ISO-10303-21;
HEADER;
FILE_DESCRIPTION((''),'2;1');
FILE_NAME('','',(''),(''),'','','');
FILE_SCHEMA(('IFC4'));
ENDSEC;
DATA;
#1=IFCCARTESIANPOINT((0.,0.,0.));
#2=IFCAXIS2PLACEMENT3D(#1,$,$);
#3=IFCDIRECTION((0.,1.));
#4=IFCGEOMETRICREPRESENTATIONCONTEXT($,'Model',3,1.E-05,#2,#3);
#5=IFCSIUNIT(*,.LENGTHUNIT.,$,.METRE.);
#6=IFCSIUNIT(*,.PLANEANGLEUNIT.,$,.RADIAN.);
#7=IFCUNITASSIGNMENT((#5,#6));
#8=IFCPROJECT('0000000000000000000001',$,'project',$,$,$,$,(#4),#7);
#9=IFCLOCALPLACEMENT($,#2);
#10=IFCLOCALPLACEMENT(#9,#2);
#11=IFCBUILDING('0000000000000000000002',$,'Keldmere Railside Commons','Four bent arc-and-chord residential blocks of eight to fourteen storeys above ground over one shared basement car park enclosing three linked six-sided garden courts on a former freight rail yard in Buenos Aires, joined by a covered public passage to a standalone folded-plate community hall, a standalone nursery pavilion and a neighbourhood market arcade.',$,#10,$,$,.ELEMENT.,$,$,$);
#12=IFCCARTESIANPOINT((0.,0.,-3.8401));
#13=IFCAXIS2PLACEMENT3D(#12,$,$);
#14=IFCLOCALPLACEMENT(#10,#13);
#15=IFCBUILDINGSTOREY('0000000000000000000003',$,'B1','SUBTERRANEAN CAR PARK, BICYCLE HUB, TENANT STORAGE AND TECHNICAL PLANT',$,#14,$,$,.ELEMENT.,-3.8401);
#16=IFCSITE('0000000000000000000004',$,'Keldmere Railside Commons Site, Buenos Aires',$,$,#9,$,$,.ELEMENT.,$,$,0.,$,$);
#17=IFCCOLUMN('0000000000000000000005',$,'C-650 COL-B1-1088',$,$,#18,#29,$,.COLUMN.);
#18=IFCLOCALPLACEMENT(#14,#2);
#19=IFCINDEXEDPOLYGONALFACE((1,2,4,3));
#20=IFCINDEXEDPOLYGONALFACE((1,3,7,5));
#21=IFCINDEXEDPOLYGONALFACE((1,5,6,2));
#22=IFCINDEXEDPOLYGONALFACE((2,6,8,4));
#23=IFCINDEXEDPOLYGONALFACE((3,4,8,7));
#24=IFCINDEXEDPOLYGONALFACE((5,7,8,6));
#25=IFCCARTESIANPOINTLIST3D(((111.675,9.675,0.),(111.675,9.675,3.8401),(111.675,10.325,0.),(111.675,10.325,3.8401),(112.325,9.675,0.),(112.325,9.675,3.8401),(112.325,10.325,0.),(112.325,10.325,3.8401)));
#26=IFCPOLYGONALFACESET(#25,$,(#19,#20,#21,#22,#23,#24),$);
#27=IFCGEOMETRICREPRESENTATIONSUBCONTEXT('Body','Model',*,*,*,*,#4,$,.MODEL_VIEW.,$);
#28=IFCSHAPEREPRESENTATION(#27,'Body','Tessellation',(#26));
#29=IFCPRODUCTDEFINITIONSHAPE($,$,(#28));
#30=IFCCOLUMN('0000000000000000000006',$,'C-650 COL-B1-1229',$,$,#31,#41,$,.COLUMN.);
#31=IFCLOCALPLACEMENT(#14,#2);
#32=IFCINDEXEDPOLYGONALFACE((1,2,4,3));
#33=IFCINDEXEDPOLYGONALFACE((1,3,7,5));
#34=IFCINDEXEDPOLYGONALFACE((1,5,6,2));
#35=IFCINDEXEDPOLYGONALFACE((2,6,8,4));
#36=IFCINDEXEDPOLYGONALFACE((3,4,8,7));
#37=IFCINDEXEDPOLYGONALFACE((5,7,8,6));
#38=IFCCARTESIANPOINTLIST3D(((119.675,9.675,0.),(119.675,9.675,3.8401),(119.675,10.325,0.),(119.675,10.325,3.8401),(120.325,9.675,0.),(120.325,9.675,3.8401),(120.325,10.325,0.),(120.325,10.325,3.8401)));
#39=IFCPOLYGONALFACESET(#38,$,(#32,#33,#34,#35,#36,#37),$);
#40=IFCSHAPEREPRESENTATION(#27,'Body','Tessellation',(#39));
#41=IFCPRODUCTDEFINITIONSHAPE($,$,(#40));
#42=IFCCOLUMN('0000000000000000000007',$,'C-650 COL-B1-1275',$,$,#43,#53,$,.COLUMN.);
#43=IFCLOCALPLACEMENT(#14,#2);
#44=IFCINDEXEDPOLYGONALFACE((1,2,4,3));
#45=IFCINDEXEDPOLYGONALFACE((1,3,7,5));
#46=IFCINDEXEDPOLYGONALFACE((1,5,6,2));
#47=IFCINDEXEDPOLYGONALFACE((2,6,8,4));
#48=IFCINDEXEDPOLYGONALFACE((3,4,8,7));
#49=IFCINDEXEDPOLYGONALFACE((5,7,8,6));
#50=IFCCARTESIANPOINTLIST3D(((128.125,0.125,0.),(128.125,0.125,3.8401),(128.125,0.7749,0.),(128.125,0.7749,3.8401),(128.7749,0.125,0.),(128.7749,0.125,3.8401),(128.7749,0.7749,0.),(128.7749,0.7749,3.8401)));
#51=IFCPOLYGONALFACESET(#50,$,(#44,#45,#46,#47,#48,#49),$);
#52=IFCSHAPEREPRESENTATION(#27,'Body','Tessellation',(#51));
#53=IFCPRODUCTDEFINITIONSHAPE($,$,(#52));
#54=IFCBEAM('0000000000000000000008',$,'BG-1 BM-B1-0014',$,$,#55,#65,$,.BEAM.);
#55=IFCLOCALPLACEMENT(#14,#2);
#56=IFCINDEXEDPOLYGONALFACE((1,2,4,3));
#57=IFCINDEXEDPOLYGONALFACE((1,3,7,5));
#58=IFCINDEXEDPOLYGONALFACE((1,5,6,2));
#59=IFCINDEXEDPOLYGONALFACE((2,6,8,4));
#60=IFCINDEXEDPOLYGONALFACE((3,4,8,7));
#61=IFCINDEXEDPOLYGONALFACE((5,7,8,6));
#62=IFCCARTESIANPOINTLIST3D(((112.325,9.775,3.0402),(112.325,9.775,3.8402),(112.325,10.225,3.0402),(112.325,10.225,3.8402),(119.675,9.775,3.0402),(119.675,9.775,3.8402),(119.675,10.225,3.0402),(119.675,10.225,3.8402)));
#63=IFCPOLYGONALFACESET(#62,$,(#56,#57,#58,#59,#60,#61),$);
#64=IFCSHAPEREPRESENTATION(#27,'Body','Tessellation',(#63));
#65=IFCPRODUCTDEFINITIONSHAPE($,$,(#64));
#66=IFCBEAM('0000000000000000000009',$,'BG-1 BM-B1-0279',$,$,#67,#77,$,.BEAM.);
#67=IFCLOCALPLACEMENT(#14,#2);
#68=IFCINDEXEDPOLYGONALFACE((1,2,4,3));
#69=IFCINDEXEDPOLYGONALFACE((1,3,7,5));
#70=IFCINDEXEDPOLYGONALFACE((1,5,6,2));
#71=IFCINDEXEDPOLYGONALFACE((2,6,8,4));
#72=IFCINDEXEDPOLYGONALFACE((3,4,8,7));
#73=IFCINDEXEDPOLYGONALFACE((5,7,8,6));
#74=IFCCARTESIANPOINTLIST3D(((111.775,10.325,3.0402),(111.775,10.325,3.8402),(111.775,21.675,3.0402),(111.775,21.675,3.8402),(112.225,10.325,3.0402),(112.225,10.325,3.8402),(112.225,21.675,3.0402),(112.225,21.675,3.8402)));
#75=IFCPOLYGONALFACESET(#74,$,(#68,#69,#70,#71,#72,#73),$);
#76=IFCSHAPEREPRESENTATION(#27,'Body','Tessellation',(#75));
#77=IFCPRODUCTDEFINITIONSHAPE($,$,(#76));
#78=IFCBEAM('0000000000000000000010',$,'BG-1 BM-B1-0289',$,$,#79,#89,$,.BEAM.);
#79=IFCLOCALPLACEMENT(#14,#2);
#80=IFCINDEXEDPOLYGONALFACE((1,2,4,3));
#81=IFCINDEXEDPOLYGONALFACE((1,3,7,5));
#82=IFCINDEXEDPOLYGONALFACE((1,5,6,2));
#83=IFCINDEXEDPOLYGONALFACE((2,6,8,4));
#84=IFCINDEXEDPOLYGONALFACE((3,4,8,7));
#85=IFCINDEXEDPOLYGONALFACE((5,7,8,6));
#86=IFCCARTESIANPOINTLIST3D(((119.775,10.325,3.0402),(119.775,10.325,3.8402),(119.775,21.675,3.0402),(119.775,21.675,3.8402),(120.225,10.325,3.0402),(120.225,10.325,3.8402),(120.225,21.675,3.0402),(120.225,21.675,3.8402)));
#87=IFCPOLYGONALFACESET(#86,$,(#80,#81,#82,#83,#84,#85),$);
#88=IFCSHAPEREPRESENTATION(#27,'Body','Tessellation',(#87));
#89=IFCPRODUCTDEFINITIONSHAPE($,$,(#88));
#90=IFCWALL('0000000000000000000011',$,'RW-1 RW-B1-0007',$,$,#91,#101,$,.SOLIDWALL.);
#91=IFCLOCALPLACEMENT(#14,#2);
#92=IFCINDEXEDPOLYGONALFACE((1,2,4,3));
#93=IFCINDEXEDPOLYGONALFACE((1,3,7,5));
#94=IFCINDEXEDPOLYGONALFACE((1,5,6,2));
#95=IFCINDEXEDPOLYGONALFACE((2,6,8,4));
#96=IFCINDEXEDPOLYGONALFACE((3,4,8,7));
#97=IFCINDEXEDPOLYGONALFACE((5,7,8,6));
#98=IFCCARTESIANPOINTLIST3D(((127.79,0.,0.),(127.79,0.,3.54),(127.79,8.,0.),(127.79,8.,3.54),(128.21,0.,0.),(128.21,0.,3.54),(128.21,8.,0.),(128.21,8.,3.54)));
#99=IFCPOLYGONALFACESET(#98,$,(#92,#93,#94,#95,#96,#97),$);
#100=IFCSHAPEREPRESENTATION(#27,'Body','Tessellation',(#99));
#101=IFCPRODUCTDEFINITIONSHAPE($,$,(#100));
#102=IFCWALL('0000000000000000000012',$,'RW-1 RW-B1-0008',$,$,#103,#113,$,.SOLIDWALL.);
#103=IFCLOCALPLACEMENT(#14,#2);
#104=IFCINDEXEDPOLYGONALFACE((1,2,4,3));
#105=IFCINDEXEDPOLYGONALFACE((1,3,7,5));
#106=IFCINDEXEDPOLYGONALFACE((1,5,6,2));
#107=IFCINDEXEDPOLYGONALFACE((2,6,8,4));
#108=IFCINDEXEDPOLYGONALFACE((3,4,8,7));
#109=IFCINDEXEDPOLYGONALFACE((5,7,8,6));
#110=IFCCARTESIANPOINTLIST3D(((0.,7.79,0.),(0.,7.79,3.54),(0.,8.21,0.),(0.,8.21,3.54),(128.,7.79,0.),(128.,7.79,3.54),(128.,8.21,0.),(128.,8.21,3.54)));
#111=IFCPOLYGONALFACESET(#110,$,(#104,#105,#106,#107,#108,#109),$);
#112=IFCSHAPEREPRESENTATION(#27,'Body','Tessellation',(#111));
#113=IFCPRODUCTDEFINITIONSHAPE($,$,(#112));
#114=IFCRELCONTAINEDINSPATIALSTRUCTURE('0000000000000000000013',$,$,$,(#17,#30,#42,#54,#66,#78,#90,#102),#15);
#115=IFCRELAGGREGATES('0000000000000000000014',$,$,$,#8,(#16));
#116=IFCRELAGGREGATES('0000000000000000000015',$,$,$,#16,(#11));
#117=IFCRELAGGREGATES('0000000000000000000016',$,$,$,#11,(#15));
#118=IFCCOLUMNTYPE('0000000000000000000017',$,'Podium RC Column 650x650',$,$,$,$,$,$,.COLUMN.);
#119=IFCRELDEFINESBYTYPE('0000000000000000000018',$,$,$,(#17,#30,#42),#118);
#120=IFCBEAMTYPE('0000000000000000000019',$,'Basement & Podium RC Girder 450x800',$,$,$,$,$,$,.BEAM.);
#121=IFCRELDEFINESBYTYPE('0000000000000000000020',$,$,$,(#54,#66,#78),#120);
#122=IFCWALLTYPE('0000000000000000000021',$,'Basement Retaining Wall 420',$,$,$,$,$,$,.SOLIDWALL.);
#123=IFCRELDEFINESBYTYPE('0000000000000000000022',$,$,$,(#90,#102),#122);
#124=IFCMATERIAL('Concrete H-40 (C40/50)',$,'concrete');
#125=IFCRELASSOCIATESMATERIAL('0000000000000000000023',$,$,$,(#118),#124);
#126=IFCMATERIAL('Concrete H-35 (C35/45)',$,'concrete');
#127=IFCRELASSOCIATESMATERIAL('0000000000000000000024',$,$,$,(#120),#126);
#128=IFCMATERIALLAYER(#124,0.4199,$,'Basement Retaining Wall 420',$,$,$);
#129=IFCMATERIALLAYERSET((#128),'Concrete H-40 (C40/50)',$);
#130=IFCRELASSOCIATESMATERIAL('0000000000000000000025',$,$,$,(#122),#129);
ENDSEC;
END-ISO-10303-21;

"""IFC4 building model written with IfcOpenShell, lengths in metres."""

from ifc_helpers import new_model, si_unit, direction, frame, frame_2d, origin, origin_2d, place, context, subcontext, project, spatial, rectangle, extrude, material, layer, layer_set, material_profile, profile_set, type_object, element, save


model = new_model("IFC4")

# Units and contexts
model_context = context("Model", 3, precision=1e-05, world=origin(), true_north=direction((0.0, 1.0)))
body_context = subcontext(model_context, "Body", "Model", "MODEL_VIEW")
ifc_project = project(units=[si_unit("LENGTHUNIT", "METRE"), si_unit("PLANEANGLEUNIT", "RADIAN")], contexts=[model_context])

# Site, building, storey
site_placement = place(None, origin())
site = spatial("IfcSite", under=ifc_project, at=site_placement, Name="Keldmere Railside Commons Site, Buenos Aires", CompositionType="ELEMENT", RefElevation=0.0)
building_placement = place(site_placement, origin())
building = spatial("IfcBuilding", under=site, at=building_placement, Name="Keldmere Railside Commons", Description="Four bent arc-and-chord residential blocks of eight to fourteen storeys above ground over one shared basement car park enclosing three linked six-sided garden courts on a former freight rail yard in Buenos Aires, joined by a covered public passage to a standalone folded-plate community hall, a standalone nursery pavilion and a neighbourhood market arcade.", CompositionType="ELEMENT")
storey_placement = place(building_placement, frame((0.0, 0.0, -3.8401)))
storey = spatial("IfcBuildingStorey", under=building, at=storey_placement, Name="B1", Description="SUBTERRANEAN CAR PARK, BICYCLE HUB, TENANT STORAGE AND TECHNICAL PLANT", CompositionType="ELEMENT", Elevation=-3.8401)

# Shared definitions
ifc_material_1 = material(Name="Concrete H-40 (C40/50)", Category="concrete")

# Columns
ifc_material_profile_1 = material_profile(ifc_material_1, rectangle(XDim=0.6499, YDim=0.6499, at=origin_2d()), Name="RC-650x650")
ifc_profile_set_1 = profile_set([ifc_material_profile_1], Name="Concrete H-40 (C40/50)")
column_type = type_object("IfcColumnType", Name="Podium RC Column 650x650", PredefinedType="COLUMN", material=ifc_profile_set_1)
for number, where, z_axis, x_axis, name in (
    (1, (112.0, 10.0, 0.0), (0.0, 0.0, 1.0), (1.0, 0.0, 0.0), "C-650 COL-B1-1088"),
    (2, (120.0, 10.0, 0.0), (0.0, 0.0, 1.0), (1.0, 0.0, 0.0), "C-650 COL-B1-1229"),
    (3, (128.45, 0.45, 0.0), (0.0, 0.0, 1.0), (1.0, 0.0, 0.0), "C-650 COL-B1-1275"),
):
    element("IfcColumn", number, at=place(storey_placement, frame(where, z_axis=z_axis, x_axis=x_axis)), inside=storey, type_object=column_type, Name=name, PredefinedType="COLUMN", context=body_context, shape_type="SweptSolid", body=[
        extrude(rectangle(XDim=0.6499, YDim=0.6499, at=origin_2d()), origin(), (0.0, 0.0, 1.0), 3.8401),
    ])

# Beams
ifc_material_2 = material(Name="Concrete H-35 (C35/45)", Category="concrete")
ifc_material_profile_2 = material_profile(ifc_material_2, rectangle(XDim=0.45, YDim=0.8, at=origin_2d()), Name="RC-450x800")
ifc_profile_set_2 = profile_set([ifc_material_profile_2], Name="Concrete H-35 (C35/45)")
beam_type = type_object("IfcBeamType", Name="Basement & Podium RC Girder 450x800", PredefinedType="BEAM", material=ifc_profile_set_2)
beam_placement = place(storey_placement, frame((112.325, 10.0, 3.4402), z_axis=(1.0, 0.0, 0.0), x_axis=(0.0, 1.0, 0.0)))
element("IfcBeam", 4, at=beam_placement, inside=storey, type_object=beam_type, Name="BG-1 BM-B1-0014", PredefinedType="BEAM", context=body_context, shape_type="SweptSolid", body=[
    extrude(rectangle(XDim=0.45, YDim=0.8, at=origin_2d()), origin(), (0.0, 0.0, 1.0), 7.3501),
])
for number, where, z_axis, x_axis, name in (
    (5, (112.0, 10.325, 3.4402), (0.0, 1.0, 0.0), (-1.0, 0.0, 0.0), "BG-1 BM-B1-0279"),
    (6, (120.0, 10.325, 3.4402), (0.0, 1.0, 0.0), (-1.0, 0.0, 0.0), "BG-1 BM-B1-0289"),
):
    element("IfcBeam", number, at=place(storey_placement, frame(where, z_axis=z_axis, x_axis=x_axis)), inside=storey, type_object=beam_type, Name=name, PredefinedType="BEAM", context=body_context, shape_type="SweptSolid", body=[
        extrude(rectangle(XDim=0.45, YDim=0.8, at=origin_2d()), origin(), (0.0, 0.0, 1.0), 11.3501),
    ])

# Walls
ifc_layer = layer(ifc_material_1, 0.4199, Name="Basement Retaining Wall 420")
ifc_layer_set = layer_set([ifc_layer], Name="Concrete H-40 (C40/50)")
wall_type = type_object("IfcWallType", Name="Basement Retaining Wall 420", PredefinedType="SOLIDWALL", material=ifc_layer_set)
wall_1_placement = place(storey_placement, frame((128.0, 0.0, 0.0), z_axis=(0.0, 0.0, 1.0), x_axis=(0.0, 1.0, 0.0)))
element("IfcWall", 7, at=wall_1_placement, inside=storey, type_object=wall_type, Name="RW-1 RW-B1-0007", PredefinedType="SOLIDWALL", context=body_context, shape_type="SweptSolid", body=[
    extrude(rectangle(XDim=8.0, YDim=0.4199, at=frame_2d((4.0, 0.0))), origin(), (0.0, 0.0, 1.0), 3.54),
])
wall_2_placement = place(storey_placement, frame((128.0, 8.0, 0.0), z_axis=(0.0, 0.0, 1.0), x_axis=(-1.0, 0.0, 0.0)))
element("IfcWall", 8, at=wall_2_placement, inside=storey, type_object=wall_type, Name="RW-1 RW-B1-0008", PredefinedType="SOLIDWALL", context=body_context, shape_type="SweptSolid", body=[
    extrude(rectangle(XDim=128.0, YDim=0.4199, at=frame_2d((64.0, 0.0))), origin(), (0.0, 0.0, 1.0), 3.54),
])

save(model, "model.ifc")
